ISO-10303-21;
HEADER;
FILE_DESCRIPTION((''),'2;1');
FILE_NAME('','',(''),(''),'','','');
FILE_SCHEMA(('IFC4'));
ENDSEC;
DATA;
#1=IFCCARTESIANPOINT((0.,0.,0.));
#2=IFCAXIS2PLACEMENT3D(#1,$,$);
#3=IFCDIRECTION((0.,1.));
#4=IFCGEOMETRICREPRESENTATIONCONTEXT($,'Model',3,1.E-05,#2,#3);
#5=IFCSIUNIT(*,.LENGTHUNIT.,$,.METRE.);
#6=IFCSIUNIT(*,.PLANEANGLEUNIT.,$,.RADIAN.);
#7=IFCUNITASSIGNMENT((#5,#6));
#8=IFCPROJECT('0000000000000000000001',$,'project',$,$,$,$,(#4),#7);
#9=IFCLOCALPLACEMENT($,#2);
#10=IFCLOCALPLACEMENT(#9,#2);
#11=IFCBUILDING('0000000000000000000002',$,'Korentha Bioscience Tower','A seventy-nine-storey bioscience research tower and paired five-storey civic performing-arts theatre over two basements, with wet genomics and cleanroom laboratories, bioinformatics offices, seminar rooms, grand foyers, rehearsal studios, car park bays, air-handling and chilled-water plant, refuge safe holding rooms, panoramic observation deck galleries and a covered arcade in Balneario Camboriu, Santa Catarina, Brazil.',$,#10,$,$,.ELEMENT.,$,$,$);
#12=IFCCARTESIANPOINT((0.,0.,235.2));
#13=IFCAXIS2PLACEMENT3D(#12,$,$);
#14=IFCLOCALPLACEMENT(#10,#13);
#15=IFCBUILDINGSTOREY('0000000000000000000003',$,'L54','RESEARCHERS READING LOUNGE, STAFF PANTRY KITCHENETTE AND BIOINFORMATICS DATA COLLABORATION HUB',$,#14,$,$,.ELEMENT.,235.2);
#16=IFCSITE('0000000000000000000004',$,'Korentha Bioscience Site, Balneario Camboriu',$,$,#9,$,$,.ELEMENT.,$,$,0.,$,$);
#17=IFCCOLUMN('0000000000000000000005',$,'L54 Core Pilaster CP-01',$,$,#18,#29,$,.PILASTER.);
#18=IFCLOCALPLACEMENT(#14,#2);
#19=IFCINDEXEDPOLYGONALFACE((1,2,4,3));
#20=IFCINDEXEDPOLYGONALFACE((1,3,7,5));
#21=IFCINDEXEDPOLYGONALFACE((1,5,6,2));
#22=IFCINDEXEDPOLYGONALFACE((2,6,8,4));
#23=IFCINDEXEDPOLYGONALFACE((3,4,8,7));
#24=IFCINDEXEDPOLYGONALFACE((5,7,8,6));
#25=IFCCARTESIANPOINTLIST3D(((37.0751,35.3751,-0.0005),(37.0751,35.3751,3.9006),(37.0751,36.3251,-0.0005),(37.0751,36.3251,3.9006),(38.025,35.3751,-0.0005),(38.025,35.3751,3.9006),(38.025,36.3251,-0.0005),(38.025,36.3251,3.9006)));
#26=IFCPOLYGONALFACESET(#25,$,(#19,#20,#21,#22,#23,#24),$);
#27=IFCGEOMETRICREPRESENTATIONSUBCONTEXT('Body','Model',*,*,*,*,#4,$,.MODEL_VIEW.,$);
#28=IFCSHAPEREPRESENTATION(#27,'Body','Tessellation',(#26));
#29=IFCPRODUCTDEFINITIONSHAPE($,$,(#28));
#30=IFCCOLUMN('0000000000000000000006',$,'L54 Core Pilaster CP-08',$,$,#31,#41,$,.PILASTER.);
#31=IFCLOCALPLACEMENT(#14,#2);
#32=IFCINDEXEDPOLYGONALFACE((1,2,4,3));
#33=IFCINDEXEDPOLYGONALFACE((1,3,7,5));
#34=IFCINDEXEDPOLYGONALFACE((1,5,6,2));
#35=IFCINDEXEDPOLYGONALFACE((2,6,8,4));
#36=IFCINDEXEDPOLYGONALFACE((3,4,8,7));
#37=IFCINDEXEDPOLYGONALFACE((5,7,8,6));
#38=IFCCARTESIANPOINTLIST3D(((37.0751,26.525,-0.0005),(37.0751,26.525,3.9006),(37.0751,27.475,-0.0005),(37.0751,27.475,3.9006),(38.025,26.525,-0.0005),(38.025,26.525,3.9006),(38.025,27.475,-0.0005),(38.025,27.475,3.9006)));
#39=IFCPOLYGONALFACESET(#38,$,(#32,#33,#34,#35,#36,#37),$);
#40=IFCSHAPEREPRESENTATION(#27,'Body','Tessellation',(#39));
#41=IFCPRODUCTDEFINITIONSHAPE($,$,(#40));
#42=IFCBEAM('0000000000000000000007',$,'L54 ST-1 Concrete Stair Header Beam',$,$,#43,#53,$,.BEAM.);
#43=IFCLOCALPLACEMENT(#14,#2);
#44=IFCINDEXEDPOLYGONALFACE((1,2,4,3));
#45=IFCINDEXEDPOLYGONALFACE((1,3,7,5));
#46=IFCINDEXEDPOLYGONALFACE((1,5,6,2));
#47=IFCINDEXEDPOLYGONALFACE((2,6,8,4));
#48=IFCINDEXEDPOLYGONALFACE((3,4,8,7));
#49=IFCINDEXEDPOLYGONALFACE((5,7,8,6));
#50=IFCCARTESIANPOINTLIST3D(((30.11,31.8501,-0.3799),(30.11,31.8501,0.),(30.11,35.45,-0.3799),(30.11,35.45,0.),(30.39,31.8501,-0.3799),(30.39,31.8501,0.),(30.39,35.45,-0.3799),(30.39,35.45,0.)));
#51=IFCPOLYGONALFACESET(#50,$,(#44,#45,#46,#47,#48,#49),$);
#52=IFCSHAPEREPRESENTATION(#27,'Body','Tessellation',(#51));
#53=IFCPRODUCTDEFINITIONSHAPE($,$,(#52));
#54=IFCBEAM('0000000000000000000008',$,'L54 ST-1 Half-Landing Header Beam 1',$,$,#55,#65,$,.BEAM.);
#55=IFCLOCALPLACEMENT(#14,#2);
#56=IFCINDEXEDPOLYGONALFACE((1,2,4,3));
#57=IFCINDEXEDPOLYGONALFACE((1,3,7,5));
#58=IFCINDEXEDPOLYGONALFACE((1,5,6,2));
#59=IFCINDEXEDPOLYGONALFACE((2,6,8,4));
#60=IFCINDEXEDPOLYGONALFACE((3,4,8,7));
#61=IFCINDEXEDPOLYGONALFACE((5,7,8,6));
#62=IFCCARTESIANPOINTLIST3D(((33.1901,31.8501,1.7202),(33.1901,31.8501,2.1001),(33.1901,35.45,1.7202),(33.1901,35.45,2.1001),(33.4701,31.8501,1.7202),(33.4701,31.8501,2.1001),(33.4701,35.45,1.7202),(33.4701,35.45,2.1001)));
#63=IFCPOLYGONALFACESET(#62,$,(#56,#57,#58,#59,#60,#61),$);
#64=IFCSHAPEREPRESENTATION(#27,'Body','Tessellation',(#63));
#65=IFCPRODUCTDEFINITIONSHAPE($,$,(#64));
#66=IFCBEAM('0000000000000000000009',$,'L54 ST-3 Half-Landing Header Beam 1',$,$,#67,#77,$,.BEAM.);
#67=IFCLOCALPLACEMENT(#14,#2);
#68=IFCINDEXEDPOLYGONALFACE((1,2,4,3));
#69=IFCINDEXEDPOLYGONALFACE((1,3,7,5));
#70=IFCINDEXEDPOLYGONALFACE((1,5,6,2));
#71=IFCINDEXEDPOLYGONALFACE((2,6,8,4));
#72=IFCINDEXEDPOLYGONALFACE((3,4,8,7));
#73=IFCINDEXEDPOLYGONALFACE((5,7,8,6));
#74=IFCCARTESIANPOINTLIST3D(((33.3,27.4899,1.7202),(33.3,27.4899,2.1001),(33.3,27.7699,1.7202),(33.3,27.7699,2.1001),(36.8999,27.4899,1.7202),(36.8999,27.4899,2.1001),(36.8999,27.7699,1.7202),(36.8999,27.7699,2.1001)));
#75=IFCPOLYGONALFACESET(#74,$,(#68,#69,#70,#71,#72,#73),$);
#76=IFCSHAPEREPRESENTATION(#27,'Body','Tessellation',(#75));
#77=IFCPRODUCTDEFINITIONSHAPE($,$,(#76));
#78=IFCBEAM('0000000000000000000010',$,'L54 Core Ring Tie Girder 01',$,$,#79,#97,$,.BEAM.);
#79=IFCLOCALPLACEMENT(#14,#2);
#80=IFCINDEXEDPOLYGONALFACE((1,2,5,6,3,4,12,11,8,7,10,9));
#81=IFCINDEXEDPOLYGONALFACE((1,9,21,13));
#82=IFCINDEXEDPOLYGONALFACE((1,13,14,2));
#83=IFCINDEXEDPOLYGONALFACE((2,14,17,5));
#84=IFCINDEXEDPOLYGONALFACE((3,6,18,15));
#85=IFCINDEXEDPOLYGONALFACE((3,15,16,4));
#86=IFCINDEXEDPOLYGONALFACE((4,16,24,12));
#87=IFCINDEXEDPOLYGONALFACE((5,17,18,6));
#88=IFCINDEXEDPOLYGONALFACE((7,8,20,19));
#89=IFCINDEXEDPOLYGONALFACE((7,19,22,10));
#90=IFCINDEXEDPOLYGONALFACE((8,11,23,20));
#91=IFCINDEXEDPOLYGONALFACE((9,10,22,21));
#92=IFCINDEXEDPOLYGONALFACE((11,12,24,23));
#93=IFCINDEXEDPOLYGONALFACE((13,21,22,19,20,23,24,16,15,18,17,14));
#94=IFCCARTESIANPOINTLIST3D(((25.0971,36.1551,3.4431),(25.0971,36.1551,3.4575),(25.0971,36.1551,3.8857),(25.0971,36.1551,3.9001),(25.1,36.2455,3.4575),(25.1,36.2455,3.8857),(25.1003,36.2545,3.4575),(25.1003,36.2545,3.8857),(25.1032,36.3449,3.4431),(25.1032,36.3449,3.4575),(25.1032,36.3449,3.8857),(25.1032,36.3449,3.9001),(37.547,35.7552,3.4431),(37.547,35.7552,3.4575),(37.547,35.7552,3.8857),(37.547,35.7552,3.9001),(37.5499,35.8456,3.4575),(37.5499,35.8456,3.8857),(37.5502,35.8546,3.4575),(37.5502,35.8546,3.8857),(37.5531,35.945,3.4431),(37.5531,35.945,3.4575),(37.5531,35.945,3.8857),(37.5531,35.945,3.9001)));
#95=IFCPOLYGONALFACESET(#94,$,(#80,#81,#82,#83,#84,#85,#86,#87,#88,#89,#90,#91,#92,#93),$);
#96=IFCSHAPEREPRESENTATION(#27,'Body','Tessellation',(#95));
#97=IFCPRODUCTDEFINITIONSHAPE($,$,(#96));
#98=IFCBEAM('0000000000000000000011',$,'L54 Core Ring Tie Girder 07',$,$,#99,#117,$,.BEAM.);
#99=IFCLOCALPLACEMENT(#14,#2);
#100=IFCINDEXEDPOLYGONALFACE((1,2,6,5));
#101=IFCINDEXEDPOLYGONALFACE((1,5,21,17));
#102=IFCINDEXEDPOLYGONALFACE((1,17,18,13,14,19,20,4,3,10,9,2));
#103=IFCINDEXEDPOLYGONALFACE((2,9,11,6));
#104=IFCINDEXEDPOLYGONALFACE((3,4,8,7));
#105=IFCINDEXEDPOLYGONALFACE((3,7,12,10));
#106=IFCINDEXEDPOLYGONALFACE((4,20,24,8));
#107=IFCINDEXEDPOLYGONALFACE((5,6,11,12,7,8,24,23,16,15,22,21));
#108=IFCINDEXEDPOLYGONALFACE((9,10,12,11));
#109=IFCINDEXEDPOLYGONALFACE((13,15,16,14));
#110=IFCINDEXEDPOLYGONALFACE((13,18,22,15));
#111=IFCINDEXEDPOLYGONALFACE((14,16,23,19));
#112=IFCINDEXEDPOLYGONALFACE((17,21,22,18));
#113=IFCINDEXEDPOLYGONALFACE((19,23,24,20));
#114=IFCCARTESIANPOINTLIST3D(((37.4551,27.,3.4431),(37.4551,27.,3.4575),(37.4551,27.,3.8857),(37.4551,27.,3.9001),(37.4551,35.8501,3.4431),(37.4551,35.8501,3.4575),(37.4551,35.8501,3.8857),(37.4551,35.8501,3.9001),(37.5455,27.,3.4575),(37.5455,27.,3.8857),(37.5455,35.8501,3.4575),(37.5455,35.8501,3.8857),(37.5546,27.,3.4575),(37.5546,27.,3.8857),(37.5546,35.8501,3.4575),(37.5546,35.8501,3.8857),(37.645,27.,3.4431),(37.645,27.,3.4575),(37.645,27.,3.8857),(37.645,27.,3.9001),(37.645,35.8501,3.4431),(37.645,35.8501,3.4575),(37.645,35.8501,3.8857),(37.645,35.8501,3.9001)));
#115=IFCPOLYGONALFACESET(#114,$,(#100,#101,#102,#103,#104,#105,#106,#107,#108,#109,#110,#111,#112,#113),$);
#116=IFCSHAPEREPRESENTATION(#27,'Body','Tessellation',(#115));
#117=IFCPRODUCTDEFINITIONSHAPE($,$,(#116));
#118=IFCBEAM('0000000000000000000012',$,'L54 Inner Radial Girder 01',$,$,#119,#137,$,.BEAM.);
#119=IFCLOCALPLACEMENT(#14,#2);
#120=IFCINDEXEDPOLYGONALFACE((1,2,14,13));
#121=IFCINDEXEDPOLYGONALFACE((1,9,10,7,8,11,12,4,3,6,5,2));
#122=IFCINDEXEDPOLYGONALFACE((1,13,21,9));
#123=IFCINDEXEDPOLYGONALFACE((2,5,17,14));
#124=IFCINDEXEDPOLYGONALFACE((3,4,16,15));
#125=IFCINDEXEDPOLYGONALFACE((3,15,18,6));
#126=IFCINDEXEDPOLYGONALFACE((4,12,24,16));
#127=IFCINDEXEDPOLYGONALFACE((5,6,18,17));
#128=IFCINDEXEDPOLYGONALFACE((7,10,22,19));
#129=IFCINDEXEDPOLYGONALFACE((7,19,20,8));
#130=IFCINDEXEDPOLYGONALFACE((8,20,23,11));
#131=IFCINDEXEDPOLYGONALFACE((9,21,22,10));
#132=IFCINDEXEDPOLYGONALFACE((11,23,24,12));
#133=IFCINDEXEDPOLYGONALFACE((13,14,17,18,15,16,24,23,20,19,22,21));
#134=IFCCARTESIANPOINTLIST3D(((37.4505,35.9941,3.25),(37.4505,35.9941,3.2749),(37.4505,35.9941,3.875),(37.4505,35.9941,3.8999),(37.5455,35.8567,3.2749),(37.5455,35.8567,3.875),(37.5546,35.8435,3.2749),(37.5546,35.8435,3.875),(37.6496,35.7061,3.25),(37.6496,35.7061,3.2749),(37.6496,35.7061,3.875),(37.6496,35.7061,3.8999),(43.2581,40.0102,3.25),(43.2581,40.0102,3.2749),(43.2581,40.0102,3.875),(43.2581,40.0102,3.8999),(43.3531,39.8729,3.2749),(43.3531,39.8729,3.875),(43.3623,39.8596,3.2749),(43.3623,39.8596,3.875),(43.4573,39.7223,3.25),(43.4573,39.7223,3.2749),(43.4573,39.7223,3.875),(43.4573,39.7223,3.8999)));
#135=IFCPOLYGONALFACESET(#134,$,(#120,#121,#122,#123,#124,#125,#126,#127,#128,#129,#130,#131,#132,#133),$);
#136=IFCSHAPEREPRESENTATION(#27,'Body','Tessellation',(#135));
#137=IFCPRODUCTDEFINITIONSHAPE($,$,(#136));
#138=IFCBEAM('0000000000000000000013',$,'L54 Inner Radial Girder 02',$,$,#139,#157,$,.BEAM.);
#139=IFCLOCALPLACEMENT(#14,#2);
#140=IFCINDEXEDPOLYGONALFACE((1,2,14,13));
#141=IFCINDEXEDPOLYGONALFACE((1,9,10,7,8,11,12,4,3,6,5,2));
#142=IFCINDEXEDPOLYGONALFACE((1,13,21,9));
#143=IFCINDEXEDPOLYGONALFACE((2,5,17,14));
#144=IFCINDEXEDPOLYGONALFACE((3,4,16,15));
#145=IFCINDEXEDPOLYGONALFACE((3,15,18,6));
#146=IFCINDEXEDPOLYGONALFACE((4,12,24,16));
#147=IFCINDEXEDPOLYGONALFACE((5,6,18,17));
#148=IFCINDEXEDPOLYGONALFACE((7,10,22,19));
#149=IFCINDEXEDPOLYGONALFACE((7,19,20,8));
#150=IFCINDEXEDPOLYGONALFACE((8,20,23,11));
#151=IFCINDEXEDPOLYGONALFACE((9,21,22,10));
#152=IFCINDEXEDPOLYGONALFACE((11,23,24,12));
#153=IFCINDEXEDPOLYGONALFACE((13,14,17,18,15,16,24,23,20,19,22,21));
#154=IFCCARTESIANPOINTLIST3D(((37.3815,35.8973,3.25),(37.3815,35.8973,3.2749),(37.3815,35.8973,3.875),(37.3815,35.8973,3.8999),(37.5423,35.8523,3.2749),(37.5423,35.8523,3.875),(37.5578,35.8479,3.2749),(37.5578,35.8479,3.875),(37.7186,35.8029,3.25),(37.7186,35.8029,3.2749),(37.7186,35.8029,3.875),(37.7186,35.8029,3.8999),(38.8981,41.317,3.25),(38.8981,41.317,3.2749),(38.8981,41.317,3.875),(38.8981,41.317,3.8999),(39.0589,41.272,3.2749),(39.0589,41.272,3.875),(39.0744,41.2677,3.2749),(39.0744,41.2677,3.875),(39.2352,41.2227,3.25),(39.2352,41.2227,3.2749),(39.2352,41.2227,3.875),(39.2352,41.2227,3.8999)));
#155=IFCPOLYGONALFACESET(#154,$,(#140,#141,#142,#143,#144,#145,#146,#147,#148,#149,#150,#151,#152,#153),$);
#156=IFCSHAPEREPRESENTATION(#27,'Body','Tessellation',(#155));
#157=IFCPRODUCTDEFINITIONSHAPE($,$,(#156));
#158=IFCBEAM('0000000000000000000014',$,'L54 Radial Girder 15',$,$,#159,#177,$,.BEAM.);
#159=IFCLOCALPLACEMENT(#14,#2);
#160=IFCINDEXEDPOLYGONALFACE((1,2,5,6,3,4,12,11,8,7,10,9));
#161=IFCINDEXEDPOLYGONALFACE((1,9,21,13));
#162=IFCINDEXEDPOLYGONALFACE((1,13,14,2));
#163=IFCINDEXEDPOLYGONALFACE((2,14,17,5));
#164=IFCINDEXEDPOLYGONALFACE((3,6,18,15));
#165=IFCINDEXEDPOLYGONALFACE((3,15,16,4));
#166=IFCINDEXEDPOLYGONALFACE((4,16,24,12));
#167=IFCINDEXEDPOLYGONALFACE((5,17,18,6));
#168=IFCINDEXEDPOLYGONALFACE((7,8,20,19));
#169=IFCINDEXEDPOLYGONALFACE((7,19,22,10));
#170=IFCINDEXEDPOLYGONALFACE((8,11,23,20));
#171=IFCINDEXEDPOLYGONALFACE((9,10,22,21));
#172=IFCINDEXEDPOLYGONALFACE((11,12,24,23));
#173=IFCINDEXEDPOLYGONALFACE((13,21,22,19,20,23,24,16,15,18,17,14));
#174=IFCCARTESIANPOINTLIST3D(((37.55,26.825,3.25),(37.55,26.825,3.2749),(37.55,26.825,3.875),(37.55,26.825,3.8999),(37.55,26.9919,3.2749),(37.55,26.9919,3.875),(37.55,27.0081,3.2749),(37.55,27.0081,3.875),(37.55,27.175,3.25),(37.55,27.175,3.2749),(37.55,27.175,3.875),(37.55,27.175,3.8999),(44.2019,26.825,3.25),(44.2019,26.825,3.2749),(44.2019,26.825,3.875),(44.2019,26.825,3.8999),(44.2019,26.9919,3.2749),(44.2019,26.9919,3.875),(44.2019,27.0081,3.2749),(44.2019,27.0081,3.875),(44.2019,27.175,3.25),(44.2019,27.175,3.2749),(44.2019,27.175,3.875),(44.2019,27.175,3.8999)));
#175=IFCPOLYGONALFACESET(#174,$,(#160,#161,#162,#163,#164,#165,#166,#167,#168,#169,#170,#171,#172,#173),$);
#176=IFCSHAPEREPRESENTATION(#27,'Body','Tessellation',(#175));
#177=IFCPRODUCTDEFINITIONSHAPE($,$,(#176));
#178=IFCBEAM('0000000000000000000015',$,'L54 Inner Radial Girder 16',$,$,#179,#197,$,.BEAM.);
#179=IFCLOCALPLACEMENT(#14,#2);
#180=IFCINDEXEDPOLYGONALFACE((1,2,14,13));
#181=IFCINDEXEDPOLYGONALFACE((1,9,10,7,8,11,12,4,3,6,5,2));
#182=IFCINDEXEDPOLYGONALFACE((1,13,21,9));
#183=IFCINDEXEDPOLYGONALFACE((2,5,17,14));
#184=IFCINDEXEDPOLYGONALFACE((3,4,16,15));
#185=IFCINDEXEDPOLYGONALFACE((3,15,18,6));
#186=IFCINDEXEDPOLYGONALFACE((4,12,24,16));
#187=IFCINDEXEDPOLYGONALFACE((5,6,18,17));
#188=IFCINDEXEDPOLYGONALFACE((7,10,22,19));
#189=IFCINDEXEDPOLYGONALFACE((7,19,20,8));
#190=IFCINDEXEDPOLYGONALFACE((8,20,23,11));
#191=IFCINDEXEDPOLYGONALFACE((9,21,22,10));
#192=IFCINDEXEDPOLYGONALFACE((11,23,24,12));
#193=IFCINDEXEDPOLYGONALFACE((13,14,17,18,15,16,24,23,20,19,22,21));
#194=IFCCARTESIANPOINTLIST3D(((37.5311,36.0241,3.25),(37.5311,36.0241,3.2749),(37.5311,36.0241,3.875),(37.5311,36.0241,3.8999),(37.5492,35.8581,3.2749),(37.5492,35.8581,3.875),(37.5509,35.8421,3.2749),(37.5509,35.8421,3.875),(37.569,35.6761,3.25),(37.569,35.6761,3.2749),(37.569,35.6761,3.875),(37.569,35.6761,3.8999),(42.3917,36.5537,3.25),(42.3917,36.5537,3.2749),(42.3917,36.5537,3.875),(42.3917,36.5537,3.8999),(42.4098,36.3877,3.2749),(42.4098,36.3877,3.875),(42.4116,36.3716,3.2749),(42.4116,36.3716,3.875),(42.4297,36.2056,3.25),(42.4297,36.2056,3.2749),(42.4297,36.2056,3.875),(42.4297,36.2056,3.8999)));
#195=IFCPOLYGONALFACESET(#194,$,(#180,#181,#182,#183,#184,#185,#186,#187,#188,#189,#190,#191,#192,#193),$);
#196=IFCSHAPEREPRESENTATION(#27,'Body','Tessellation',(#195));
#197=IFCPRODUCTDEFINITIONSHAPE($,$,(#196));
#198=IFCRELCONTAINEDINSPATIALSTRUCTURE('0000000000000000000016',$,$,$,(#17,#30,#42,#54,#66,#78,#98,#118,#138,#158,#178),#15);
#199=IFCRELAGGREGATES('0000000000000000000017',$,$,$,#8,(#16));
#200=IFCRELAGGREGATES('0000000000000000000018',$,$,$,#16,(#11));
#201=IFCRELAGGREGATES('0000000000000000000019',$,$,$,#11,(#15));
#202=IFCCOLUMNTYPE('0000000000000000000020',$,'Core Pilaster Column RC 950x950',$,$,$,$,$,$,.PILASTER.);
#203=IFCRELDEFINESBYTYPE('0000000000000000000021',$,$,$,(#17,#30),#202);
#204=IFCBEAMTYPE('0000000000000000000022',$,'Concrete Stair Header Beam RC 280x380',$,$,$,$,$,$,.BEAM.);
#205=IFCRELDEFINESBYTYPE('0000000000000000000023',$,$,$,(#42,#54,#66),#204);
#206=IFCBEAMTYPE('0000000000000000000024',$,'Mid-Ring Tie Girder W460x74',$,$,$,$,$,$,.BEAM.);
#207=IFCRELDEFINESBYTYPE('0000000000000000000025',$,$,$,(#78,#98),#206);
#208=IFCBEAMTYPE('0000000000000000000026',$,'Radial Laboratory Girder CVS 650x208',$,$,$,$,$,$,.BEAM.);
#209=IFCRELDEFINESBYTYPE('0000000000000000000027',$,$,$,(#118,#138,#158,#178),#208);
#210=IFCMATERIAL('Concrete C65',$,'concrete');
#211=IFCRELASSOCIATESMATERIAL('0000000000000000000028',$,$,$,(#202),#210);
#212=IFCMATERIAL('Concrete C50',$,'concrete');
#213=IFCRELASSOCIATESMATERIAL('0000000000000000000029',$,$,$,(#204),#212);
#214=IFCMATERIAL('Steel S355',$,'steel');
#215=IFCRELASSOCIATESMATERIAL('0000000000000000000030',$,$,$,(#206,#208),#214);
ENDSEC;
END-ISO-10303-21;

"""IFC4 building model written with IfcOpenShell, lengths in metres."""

from ifc_helpers import new_model, si_unit, direction, frame, origin, origin_2d, place, context, subcontext, project, spatial, rectangle, i_section, extrude, material, material_profile, profile_set, type_object, element, save


model = new_model("IFC4")

# Units and contexts
model_context = context("Model", 3, precision=1e-05, world=origin(), true_north=direction((0.0, 1.0)))
body_context = subcontext(model_context, "Body", "Model", "MODEL_VIEW")
ifc_project = project(units=[si_unit("LENGTHUNIT", "METRE"), si_unit("PLANEANGLEUNIT", "RADIAN")], contexts=[model_context])

# Site, building, storey
site_placement = place(None, origin())
site = spatial("IfcSite", under=ifc_project, at=site_placement, Name="Korentha Bioscience Site, Balneario Camboriu", CompositionType="ELEMENT", RefElevation=0.0)
building_placement = place(site_placement, origin())
building = spatial("IfcBuilding", under=site, at=building_placement, Name="Korentha Bioscience Tower", Description="A seventy-nine-storey bioscience research tower and paired five-storey civic performing-arts theatre over two basements, with wet genomics and cleanroom laboratories, bioinformatics offices, seminar rooms, grand foyers, rehearsal studios, car park bays, air-handling and chilled-water plant, refuge safe holding rooms, panoramic observation deck galleries and a covered arcade in Balneario Camboriu, Santa Catarina, Brazil.", CompositionType="ELEMENT")
storey_placement = place(building_placement, frame((0.0, 0.0, 235.2)))
storey = spatial("IfcBuildingStorey", under=building, at=storey_placement, Name="L54", Description="RESEARCHERS READING LOUNGE, STAFF PANTRY KITCHENETTE AND BIOINFORMATICS DATA COLLABORATION HUB", CompositionType="ELEMENT", Elevation=235.2)

# Columns
ifc_material_1 = material(Name="Concrete C65", Category="concrete")
ifc_material_profile_1 = material_profile(ifc_material_1, rectangle(XDim=0.95, YDim=0.95, at=origin_2d()), Name="Concrete C65")
ifc_profile_set_1 = profile_set([ifc_material_profile_1], Name="Concrete C65 (COL-CP09)")
column_type = type_object("IfcColumnType", Name="Core Pilaster Column RC 950x950", PredefinedType="PILASTER", material=ifc_profile_set_1)
for number, where, z_axis, x_axis, name in (
    (1, (37.55, 35.8501, -0.0005), (0.0, 0.0, 1.0), (1.0, 0.0, 0.0), "L54 Core Pilaster CP-01"),
    (2, (37.55, 27.0, -0.0005), (0.0, 0.0, 1.0), (1.0, 0.0, 0.0), "L54 Core Pilaster CP-08"),
):
    element("IfcColumn", number, at=place(storey_placement, frame(where, z_axis=z_axis, x_axis=x_axis)), inside=storey, type_object=column_type, Name=name, PredefinedType="PILASTER", context=body_context, shape_type="SweptSolid", body=[
        extrude(rectangle(XDim=0.95, YDim=0.95, at=origin_2d()), origin(), (0.0, 0.0, 1.0), 3.9011),
    ])

# Beams
ifc_material_2 = material(Name="Concrete C50", Category="concrete")
ifc_material_profile_2 = material_profile(ifc_material_2, rectangle(XDim=0.28, YDim=0.3799, at=origin_2d()), Name="Concrete C50")
ifc_profile_set_2 = profile_set([ifc_material_profile_2], Name="Concrete C50 (ST-HB380)")
beam_type_1 = type_object("IfcBeamType", Name="Concrete Stair Header Beam RC 280x380", PredefinedType="BEAM", material=ifc_profile_set_2)
for number, where, z_axis, x_axis, name in (
    (3, (30.25, 31.8501, -0.1899), (0.0, 1.0, 0.0), (-1.0, 0.0, 0.0), "L54 ST-1 Concrete Stair Header Beam"),
    (4, (33.3301, 31.8501, 1.9102), (0.0, 1.0, 0.0), (-1.0, 0.0, 0.0), "L54 ST-1 Half-Landing Header Beam 1"),
    (5, (36.8999, 27.6299, 1.9102), (-1.0, 0.0, 0.0), (0.0, -1.0, 0.0), "L54 ST-3 Half-Landing Header Beam 1"),
):
    element("IfcBeam", number, at=place(storey_placement, frame(where, z_axis=z_axis, x_axis=x_axis)), inside=storey, type_object=beam_type_1, Name=name, PredefinedType="BEAM", context=body_context, shape_type="SweptSolid", body=[
        extrude(rectangle(XDim=0.28, YDim=0.3799, at=origin_2d()), origin(), (0.0, 0.0, 1.0), 3.5999),
    ])
ifc_material_3 = material(Name="Steel S355", Category="steel")
ifc_material_profile_3 = material_profile(ifc_material_3, i_section(OverallWidth=0.1899, OverallDepth=0.457, WebThickness=0.009, FlangeThickness=0.0144, at=origin_2d()), Name="Steel S355")
ifc_profile_set_3 = profile_set([ifc_material_profile_3], Name="Steel S355 (MB-460)")
beam_type_2 = type_object("IfcBeamType", Name="Mid-Ring Tie Girder W460x74", PredefinedType="BEAM", material=ifc_profile_set_3)
beam_1_placement = place(storey_placement, frame((37.55, 35.8501, 3.6716), z_axis=(-0.999485, 0.032104, 0.0), x_axis=(-0.032104, -0.999485, 0.0)))
element("IfcBeam", 6, at=beam_1_placement, inside=storey, type_object=beam_type_2, Name="L54 Core Ring Tie Girder 01", PredefinedType="BEAM", context=body_context, shape_type="SweptSolid", body=[
    extrude(i_section(OverallWidth=0.1899, OverallDepth=0.457, WebThickness=0.009, FlangeThickness=0.0144, at=origin_2d()), origin(), (0.0, 0.0, 1.0), 12.4563),
])
beam_2_placement = place(storey_placement, frame((37.55, 27.0, 3.6716), z_axis=(0.0, 1.0, 0.0), x_axis=(-1.0, 0.0, 0.0)))
element("IfcBeam", 7, at=beam_2_placement, inside=storey, type_object=beam_type_2, Name="L54 Core Ring Tie Girder 07", PredefinedType="BEAM", context=body_context, shape_type="SweptSolid", body=[
    extrude(i_section(OverallWidth=0.1899, OverallDepth=0.457, WebThickness=0.009, FlangeThickness=0.0144, at=origin_2d()), origin(), (0.0, 0.0, 1.0), 8.8501),
])
ifc_material_profile_4 = material_profile(ifc_material_3, i_section(OverallWidth=0.3501, OverallDepth=0.6499, WebThickness=0.0161, FlangeThickness=0.0249, at=origin_2d()), Name="Steel S355")
ifc_profile_set_4 = profile_set([ifc_material_profile_4], Name="Steel S355 (RB-650)")
beam_type_3 = type_object("IfcBeamType", Name="Radial Laboratory Girder CVS 650x208", PredefinedType="BEAM", material=ifc_profile_set_4)
beam_3_placement = place(storey_placement, frame((37.55, 35.8501, 3.575), z_axis=(0.822493, 0.568775, 0.0), x_axis=(-0.568775, 0.822493, 0.0)))
element("IfcBeam", 8, at=beam_3_placement, inside=storey, type_object=beam_type_3, Name="L54 Inner Radial Girder 01", PredefinedType="BEAM", context=body_context, shape_type="SweptSolid", body=[
    extrude(i_section(OverallWidth=0.3501, OverallDepth=0.6499, WebThickness=0.0161, FlangeThickness=0.0249, at=origin_2d()), origin(), (0.0, 0.0, 1.0), 7.061),
])
beam_4_placement = place(storey_placement, frame((37.55, 35.8501, 3.575), z_axis=(0.26948, 0.963006, 0.0), x_axis=(-0.963006, 0.26948, 0.0)))
element("IfcBeam", 9, at=beam_4_placement, inside=storey, type_object=beam_type_3, Name="L54 Inner Radial Girder 02", PredefinedType="BEAM", context=body_context, shape_type="SweptSolid", body=[
    extrude(i_section(OverallWidth=0.3501, OverallDepth=0.6499, WebThickness=0.0161, FlangeThickness=0.0249, at=origin_2d()), origin(), (0.0, 0.0, 1.0), 5.6279),
])
beam_5_placement = place(storey_placement, frame((37.55, 27.0, 3.575), z_axis=(1.0, 0.0, 0.0), x_axis=(0.0, 1.0, 0.0)))
element("IfcBeam", 10, at=beam_5_placement, inside=storey, type_object=beam_type_3, Name="L54 Radial Girder 15", PredefinedType="BEAM", context=body_context, shape_type="SweptSolid", body=[
    extrude(i_section(OverallWidth=0.3501, OverallDepth=0.6499, WebThickness=0.0161, FlangeThickness=0.0249, at=origin_2d()), origin(), (0.0, 0.0, 1.0), 6.6519),
])
beam_6_placement = place(storey_placement, frame((37.55, 35.8501, 3.575), z_axis=(0.994118, 0.108305, 0.0), x_axis=(-0.108305, 0.994118, 0.0)))
element("IfcBeam", 11, at=beam_6_placement, inside=storey, type_object=beam_type_3, Name="L54 Inner Radial Girder 16", PredefinedType="BEAM", context=body_context, shape_type="SweptSolid", body=[
    extrude(i_section(OverallWidth=0.3501, OverallDepth=0.6499, WebThickness=0.0161, FlangeThickness=0.0249, at=origin_2d()), origin(), (0.0, 0.0, 1.0), 4.8894),
])

save(model, "model.ifc")
